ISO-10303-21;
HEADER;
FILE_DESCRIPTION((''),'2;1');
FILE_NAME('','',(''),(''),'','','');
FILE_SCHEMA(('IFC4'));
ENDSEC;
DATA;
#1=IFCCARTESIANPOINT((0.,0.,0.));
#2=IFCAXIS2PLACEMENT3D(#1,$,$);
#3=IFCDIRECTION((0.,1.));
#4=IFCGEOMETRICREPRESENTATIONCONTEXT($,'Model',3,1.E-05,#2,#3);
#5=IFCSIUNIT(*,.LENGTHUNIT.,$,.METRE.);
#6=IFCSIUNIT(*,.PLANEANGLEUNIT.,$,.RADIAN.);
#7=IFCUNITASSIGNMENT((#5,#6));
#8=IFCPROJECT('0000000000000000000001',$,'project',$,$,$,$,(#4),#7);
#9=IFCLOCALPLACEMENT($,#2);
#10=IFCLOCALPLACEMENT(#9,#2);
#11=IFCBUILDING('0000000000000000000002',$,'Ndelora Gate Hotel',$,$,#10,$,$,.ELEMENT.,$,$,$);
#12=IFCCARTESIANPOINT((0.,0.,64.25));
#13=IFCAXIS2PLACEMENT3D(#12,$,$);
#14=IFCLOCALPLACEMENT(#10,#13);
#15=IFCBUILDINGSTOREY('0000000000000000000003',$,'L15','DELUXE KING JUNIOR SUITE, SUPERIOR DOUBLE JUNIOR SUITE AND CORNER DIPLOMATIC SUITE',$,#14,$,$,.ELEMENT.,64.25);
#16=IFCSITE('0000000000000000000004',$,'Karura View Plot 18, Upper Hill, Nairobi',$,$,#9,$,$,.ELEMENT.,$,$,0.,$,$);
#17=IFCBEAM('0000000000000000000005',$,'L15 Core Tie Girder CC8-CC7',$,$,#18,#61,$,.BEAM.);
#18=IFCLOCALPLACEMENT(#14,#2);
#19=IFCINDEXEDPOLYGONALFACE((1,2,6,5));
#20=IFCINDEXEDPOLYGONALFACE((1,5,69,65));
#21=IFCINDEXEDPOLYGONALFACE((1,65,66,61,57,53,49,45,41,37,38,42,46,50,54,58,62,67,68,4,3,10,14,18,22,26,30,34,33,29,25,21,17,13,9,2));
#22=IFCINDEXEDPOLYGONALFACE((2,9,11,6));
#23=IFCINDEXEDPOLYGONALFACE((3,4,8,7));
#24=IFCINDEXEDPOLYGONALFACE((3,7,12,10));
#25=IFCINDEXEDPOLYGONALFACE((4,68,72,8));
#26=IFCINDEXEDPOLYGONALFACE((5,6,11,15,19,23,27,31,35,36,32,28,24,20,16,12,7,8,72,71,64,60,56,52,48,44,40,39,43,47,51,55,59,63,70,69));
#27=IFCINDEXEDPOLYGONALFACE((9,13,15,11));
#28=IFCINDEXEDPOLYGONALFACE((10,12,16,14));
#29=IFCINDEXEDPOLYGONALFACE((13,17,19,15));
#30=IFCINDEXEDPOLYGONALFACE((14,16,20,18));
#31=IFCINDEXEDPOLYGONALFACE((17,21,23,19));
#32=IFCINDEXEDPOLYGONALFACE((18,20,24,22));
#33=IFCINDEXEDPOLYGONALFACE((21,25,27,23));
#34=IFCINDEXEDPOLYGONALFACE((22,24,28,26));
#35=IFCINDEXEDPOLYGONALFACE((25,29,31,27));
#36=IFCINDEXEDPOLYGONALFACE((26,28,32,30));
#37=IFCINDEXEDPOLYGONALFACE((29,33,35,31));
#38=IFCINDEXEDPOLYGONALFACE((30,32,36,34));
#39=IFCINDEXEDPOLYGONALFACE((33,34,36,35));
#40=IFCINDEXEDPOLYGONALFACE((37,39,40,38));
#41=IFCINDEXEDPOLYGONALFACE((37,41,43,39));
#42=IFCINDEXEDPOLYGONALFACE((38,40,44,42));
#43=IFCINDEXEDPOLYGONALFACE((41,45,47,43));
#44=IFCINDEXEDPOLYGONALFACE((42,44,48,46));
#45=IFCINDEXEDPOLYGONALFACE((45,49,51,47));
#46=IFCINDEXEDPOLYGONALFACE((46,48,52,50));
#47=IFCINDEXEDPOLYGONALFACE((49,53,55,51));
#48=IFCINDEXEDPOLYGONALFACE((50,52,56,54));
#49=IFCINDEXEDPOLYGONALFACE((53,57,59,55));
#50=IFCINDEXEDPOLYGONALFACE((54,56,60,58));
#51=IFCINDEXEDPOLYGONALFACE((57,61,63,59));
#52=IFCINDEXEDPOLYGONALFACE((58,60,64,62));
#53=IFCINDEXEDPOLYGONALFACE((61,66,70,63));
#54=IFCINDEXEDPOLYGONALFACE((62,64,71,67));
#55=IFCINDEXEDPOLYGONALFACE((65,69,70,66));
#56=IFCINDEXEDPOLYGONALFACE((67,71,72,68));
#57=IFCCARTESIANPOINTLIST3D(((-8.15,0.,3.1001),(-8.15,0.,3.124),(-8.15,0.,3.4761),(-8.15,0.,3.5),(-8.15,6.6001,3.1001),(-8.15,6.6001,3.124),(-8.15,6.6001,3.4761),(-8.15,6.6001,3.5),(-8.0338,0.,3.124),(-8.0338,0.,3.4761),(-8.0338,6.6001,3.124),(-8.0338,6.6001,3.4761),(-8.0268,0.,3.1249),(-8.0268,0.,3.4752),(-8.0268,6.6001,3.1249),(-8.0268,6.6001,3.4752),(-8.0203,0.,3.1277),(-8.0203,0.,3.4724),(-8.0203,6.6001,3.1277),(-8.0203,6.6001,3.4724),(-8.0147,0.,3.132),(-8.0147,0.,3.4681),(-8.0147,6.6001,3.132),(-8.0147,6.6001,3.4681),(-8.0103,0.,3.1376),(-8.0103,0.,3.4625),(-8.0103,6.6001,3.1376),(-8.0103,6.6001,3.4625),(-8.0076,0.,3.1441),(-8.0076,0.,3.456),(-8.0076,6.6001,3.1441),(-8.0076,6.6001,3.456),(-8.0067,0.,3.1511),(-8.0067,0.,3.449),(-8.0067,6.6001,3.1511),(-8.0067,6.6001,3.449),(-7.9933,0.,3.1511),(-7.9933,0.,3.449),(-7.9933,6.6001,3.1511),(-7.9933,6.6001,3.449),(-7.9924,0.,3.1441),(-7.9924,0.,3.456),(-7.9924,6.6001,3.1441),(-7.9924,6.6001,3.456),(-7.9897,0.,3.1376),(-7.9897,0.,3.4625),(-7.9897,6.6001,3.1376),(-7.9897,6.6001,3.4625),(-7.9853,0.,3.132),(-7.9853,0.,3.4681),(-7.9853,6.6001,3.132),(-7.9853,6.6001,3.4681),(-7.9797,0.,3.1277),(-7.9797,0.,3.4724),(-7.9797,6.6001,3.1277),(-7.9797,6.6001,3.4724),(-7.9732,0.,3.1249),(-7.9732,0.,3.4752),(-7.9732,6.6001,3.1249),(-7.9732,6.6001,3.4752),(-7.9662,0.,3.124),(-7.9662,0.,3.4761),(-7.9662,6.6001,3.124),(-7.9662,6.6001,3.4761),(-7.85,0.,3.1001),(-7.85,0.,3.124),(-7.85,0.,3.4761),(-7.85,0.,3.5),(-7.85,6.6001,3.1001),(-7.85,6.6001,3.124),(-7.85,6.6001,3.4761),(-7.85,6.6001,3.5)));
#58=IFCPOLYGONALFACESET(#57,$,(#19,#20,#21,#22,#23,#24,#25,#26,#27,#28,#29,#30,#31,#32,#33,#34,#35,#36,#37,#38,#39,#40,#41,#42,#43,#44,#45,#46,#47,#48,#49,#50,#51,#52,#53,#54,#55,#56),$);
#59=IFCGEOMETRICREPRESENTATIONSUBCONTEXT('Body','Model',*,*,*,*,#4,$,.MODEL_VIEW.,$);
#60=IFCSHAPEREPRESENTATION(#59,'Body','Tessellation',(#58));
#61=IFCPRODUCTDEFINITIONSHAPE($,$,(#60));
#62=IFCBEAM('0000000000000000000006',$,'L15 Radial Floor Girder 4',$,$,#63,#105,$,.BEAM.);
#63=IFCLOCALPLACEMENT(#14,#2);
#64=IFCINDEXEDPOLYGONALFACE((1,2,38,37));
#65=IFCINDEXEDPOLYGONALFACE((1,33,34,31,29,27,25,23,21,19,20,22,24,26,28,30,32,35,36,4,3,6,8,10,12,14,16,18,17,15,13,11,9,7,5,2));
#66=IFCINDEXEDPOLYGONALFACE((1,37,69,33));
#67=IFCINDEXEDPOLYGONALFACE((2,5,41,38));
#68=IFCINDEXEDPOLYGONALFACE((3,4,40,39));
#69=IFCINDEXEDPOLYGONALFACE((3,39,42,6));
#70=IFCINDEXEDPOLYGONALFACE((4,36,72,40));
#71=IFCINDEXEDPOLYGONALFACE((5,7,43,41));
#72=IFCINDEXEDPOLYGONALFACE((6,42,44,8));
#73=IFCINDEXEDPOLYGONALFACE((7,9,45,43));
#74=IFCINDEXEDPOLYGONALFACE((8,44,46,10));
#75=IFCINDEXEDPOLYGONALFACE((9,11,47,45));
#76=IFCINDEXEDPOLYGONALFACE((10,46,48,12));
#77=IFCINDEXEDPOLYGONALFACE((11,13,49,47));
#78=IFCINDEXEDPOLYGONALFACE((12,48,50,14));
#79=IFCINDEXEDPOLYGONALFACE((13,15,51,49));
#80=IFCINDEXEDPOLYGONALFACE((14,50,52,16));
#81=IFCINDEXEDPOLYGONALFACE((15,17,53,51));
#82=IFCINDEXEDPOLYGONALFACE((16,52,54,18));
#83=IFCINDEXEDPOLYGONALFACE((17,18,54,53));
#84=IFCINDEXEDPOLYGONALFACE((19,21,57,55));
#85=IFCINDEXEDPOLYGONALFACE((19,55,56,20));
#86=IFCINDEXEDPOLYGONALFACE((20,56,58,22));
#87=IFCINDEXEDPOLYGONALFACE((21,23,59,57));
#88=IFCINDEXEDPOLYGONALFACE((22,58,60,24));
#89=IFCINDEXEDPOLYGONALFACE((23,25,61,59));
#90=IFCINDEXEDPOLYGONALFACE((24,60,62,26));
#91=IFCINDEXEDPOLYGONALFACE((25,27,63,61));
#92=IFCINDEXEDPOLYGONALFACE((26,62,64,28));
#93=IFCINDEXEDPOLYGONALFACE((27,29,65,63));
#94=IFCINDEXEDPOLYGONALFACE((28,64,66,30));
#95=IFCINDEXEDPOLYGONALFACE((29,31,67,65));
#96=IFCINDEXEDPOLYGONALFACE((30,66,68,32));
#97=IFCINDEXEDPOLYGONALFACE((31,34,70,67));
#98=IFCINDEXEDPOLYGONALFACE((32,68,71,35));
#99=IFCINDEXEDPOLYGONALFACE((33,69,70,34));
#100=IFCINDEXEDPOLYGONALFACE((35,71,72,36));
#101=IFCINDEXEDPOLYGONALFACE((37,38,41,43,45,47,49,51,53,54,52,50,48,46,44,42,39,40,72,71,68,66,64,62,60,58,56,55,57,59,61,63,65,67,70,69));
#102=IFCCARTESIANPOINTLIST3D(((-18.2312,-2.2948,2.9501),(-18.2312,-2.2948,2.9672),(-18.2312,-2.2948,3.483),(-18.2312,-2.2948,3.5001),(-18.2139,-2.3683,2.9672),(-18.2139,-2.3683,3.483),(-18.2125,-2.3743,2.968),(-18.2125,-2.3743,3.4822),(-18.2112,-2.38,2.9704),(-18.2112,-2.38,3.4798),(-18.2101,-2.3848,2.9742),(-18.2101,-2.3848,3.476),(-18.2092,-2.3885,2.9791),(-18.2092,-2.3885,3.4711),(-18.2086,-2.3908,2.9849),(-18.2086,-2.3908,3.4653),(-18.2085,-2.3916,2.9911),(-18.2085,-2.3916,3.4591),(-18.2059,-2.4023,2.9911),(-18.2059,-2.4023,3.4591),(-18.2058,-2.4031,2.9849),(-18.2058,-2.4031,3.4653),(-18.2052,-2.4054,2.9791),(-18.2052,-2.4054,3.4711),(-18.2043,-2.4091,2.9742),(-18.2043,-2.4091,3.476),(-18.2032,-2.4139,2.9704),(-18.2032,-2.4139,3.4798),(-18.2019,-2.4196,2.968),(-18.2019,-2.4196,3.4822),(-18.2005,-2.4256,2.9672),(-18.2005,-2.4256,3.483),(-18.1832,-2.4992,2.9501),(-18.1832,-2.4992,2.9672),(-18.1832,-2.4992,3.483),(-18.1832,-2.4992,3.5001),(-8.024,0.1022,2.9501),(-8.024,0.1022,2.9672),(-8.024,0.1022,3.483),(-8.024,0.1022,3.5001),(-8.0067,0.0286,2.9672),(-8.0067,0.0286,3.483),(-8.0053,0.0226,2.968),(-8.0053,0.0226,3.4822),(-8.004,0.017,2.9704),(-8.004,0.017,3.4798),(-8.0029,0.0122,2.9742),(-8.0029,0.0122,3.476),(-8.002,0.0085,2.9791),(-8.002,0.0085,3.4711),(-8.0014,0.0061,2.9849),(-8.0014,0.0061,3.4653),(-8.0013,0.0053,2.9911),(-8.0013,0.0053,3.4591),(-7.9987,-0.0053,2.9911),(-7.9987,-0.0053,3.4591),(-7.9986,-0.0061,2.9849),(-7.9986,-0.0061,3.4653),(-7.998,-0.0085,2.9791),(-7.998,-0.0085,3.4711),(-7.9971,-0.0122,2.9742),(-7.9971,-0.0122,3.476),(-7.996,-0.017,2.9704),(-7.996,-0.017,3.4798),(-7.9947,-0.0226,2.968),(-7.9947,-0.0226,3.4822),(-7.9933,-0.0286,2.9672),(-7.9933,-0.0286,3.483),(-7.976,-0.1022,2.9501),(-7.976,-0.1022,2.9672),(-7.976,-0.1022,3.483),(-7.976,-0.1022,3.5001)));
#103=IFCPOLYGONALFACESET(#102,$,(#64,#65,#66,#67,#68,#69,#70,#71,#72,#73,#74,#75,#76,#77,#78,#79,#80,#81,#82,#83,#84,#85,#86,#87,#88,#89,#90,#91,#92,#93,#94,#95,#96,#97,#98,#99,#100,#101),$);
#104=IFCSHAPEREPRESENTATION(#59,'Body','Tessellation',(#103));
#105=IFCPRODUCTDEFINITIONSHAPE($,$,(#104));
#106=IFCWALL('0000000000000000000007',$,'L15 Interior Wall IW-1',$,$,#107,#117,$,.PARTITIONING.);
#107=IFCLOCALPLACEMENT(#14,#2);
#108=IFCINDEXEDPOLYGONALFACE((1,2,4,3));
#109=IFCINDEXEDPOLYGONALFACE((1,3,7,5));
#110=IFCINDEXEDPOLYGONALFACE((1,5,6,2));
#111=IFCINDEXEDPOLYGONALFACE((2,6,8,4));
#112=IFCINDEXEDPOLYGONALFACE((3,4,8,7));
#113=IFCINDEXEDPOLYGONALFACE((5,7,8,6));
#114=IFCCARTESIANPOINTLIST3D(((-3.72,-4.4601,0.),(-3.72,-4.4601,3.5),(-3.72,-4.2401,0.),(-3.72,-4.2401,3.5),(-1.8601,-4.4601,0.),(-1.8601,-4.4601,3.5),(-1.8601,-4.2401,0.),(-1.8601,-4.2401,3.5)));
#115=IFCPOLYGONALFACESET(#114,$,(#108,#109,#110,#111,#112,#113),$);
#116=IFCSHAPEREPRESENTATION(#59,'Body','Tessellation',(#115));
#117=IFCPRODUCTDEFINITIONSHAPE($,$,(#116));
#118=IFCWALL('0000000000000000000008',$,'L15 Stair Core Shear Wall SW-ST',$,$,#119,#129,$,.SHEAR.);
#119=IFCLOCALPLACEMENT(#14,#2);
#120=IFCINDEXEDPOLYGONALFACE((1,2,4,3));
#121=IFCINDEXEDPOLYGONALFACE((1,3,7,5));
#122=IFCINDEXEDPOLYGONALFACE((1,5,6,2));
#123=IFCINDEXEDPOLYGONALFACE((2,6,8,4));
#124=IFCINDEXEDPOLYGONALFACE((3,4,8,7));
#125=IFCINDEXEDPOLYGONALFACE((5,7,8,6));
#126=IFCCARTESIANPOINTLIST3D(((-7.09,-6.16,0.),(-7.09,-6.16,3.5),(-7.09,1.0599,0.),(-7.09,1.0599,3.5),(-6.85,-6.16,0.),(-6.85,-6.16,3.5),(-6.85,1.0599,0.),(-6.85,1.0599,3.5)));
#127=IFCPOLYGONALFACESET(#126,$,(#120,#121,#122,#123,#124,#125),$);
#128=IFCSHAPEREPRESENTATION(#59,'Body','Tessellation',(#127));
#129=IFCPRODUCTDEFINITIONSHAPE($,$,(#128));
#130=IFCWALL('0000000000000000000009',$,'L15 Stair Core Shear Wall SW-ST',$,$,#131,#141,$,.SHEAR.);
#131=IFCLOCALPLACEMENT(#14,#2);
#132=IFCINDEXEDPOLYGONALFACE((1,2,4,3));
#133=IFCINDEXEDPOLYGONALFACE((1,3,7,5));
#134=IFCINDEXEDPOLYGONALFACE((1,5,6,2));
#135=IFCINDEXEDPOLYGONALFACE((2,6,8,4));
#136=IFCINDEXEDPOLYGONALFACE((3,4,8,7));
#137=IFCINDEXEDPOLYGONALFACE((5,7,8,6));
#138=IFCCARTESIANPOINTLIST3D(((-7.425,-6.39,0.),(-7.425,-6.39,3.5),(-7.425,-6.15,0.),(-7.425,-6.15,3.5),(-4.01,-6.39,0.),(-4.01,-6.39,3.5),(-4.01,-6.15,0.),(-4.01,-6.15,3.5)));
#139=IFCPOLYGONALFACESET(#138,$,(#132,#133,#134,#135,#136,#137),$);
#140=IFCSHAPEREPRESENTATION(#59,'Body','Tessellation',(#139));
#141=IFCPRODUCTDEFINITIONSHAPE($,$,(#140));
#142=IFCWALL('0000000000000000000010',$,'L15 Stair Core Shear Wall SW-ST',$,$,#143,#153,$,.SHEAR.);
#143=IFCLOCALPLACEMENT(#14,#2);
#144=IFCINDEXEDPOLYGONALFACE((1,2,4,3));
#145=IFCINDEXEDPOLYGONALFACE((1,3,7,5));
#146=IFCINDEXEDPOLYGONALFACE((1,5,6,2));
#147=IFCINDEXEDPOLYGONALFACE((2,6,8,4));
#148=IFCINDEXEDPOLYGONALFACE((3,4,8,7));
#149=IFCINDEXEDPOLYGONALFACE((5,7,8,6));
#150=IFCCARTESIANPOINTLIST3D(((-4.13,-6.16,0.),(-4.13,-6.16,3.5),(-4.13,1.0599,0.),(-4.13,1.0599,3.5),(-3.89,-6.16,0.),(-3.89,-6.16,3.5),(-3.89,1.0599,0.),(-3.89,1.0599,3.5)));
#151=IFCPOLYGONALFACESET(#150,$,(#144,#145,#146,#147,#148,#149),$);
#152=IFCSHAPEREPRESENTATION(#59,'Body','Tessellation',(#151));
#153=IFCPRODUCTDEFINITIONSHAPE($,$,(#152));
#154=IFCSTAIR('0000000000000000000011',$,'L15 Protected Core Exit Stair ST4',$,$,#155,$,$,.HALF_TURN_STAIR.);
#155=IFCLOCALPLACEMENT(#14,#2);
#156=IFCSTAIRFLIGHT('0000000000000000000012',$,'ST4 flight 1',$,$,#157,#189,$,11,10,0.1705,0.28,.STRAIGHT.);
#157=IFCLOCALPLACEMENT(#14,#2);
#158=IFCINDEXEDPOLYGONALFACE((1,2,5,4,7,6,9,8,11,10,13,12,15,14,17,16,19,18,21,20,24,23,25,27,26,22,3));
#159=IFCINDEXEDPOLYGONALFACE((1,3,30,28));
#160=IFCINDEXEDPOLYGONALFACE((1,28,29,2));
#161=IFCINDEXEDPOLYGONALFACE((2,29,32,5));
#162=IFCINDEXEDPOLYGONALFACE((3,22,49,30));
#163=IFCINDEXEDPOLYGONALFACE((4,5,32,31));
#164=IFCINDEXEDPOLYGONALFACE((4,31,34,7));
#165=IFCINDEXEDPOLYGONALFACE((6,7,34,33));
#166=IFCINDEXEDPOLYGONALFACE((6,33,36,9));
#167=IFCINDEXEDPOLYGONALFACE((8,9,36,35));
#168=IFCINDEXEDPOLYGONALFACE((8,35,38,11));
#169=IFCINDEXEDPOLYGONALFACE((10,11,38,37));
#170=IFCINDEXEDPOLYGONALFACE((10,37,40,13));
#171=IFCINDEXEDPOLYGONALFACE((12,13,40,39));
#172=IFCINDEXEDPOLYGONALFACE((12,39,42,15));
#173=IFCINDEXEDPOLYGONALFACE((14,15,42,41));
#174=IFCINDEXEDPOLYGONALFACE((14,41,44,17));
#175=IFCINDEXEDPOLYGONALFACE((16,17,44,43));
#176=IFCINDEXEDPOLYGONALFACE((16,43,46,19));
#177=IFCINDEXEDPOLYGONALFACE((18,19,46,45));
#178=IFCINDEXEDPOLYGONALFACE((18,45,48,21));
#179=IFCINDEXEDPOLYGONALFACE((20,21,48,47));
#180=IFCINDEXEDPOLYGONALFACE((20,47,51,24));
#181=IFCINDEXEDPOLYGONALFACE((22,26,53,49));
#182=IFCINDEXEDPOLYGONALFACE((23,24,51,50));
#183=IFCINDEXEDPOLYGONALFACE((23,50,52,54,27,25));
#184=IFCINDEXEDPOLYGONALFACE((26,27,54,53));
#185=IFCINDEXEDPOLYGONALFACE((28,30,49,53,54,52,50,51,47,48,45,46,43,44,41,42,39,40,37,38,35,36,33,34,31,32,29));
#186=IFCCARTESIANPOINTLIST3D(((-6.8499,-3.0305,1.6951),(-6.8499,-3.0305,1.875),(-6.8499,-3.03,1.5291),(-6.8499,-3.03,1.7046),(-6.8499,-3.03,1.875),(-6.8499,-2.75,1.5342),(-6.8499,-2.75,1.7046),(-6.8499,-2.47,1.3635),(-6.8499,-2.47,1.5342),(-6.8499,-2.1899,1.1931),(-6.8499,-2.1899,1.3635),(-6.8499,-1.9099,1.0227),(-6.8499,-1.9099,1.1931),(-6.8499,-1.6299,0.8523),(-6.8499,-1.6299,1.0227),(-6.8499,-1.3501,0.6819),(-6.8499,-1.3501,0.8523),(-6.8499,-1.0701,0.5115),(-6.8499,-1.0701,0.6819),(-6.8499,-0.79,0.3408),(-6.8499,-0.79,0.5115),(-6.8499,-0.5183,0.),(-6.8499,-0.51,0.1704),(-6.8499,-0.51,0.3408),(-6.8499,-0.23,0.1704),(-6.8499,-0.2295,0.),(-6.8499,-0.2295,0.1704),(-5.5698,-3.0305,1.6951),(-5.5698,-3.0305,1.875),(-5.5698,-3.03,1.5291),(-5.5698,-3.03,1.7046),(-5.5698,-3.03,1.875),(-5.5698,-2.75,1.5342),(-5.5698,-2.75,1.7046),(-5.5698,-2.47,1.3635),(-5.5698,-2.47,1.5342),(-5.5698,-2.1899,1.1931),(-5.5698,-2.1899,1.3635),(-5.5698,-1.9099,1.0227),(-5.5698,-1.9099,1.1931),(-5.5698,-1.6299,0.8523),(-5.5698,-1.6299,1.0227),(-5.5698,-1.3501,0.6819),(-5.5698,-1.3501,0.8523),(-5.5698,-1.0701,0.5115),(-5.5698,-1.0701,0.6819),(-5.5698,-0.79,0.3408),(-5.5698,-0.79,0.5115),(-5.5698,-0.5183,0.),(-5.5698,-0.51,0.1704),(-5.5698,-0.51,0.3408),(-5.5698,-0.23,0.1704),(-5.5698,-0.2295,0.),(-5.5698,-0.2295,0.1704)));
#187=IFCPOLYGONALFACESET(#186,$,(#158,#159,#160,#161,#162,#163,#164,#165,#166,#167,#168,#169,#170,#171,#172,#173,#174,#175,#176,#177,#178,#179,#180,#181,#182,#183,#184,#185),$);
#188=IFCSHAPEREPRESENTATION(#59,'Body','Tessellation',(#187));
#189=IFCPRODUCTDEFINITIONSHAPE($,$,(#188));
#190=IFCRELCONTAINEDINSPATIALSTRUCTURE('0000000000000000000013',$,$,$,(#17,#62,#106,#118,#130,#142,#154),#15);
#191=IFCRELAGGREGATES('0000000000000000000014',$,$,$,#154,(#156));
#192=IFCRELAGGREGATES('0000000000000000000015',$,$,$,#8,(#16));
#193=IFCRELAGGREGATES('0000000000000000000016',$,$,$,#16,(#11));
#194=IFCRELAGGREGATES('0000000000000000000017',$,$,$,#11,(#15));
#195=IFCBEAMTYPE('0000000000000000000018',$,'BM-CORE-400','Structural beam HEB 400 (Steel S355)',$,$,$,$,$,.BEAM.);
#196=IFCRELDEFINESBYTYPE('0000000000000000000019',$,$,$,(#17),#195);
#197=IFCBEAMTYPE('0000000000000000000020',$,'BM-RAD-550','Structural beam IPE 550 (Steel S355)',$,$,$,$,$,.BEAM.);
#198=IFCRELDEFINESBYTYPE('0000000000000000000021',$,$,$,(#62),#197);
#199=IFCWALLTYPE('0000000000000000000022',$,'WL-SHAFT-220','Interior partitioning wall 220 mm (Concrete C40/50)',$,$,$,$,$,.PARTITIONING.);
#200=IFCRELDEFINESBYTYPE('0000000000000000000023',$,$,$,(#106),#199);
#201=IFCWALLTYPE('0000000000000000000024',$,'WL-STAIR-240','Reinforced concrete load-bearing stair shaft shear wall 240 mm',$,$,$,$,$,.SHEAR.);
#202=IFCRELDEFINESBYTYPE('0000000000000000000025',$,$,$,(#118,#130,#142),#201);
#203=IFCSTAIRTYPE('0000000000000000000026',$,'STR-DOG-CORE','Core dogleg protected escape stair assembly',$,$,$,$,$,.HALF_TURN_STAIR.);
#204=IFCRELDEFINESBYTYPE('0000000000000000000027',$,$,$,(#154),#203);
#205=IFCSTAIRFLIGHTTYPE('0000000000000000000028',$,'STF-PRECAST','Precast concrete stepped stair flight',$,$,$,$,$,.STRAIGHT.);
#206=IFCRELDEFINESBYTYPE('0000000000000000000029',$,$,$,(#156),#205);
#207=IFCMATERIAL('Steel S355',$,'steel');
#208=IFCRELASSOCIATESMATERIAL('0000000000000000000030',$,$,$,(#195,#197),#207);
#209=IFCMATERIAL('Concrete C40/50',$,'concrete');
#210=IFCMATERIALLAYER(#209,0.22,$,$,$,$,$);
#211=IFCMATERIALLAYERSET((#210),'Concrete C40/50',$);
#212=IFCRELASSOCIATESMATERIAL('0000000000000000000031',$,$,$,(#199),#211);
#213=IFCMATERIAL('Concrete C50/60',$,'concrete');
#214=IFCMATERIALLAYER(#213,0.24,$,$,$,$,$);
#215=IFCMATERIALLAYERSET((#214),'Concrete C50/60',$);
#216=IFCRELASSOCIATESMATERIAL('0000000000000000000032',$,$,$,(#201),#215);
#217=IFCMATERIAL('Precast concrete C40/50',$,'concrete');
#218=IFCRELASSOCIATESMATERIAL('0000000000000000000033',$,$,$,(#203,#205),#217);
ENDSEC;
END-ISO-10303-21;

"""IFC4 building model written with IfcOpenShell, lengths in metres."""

from ifc_helpers import new_model, si_unit, direction, frame, frame_2d, origin, origin_2d, place, context, subcontext, project, spatial, polyline, rectangle, i_section, outline, extrude, material, layer, layer_set, material_profile, profile_set, type_object, element, aggregate, save


model = new_model("IFC4")

# Units and contexts
model_context = context("Model", 3, precision=1e-05, world=origin(), true_north=direction((0.0, 1.0)))
body_context = subcontext(model_context, "Body", "Model", "MODEL_VIEW")
ifc_project = project(units=[si_unit("LENGTHUNIT", "METRE"), si_unit("PLANEANGLEUNIT", "RADIAN")], contexts=[model_context])

# Site, building, storey
site_placement = place(None, origin())
site = spatial("IfcSite", under=ifc_project, at=site_placement, Name="Karura View Plot 18, Upper Hill, Nairobi", CompositionType="ELEMENT", RefElevation=0.0)
building_placement = place(site_placement, origin())
building = spatial("IfcBuilding", under=site, at=building_placement, Name="Ndelora Gate Hotel", CompositionType="ELEMENT")
storey_placement = place(building_placement, frame((0.0, 0.0, 64.25)))
storey = spatial("IfcBuildingStorey", under=building, at=storey_placement, Name="L15", Description="DELUXE KING JUNIOR SUITE, SUPERIOR DOUBLE JUNIOR SUITE AND CORNER DIPLOMATIC SUITE", CompositionType="ELEMENT", Elevation=64.25)

# Beams
ifc_material_1 = material(Name="Steel S355", Category="steel")
ifc_material_profile_1 = material_profile(ifc_material_1, i_section(OverallWidth=0.3, OverallDepth=0.3999, WebThickness=0.0134, FlangeThickness=0.0239, FilletRadius=0.0271, at=origin_2d()), Name="HEB 400")
ifc_profile_set_1 = profile_set([ifc_material_profile_1], Name="Steel S355")
beam_type_1 = type_object("IfcBeamType", Name="BM-CORE-400", Description="Structural beam HEB 400 (Steel S355)", PredefinedType="BEAM", material=ifc_profile_set_1)
beam_1_placement = place(storey_placement, frame((-8.0, 0.0, 3.3), z_axis=(0.0, 1.0, 0.0), x_axis=(-1.0, 0.0, 0.0)))
element("IfcBeam", 1, at=beam_1_placement, inside=storey, type_object=beam_type_1, Name="L15 Core Tie Girder CC8-CC7", PredefinedType="BEAM", context=body_context, shape_type="SweptSolid", body=[
    extrude(i_section(OverallWidth=0.3, OverallDepth=0.3999, WebThickness=0.0134, FlangeThickness=0.0239, FilletRadius=0.0271, at=origin_2d()), origin(), (0.0, 0.0, 1.0), 6.6001),
])
ifc_material_profile_2 = material_profile(ifc_material_1, i_section(OverallWidth=0.21, OverallDepth=0.55, WebThickness=0.011, FlangeThickness=0.0171, FilletRadius=0.0239, at=origin_2d()), Name="IPE 550")
ifc_profile_set_2 = profile_set([ifc_material_profile_2], Name="Steel S355")
beam_type_2 = type_object("IfcBeamType", Name="BM-RAD-550", Description="Structural beam IPE 550 (Steel S355)", PredefinedType="BEAM", material=ifc_profile_set_2)
beam_2_placement = place(storey_placement, frame((-8.0, 0.0, 3.2251), z_axis=(-0.973518, -0.228611, 0.0), x_axis=(0.228611, -0.973518, 0.0)))
element("IfcBeam", 2, at=beam_2_placement, inside=storey, type_object=beam_type_2, Name="L15 Radial Floor Girder 4", PredefinedType="BEAM", context=body_context, shape_type="SweptSolid", body=[
    extrude(i_section(OverallWidth=0.21, OverallDepth=0.55, WebThickness=0.011, FlangeThickness=0.0171, FilletRadius=0.0239, at=origin_2d()), origin(), (0.0, 0.0, 1.0), 10.4849),
])

# Shared definitions
ifc_material_2 = material(Name="Concrete C40/50", Category="concrete")
ifc_layer_1 = layer(ifc_material_2, 0.22)
ifc_layer_set_1 = layer_set([ifc_layer_1], Name="Concrete C40/50")
wall_type_1 = type_object("IfcWallType", Name="WL-SHAFT-220", Description="Interior partitioning wall 220 mm (Concrete C40/50)", PredefinedType="PARTITIONING", material=ifc_layer_set_1)

# Walls
wall_1_placement = place(storey_placement, frame((-3.72, -4.3501, 0.0), z_axis=(0.0, 0.0, 1.0), x_axis=(1.0, 0.0, 0.0)))
element("IfcWall", 3, at=wall_1_placement, inside=storey, type_object=wall_type_1, Name="L15 Interior Wall IW-1", PredefinedType="PARTITIONING", context=body_context, shape_type="SweptSolid", body=[
    extrude(rectangle(XDim=1.8599, YDim=0.22, at=frame_2d((0.9299, 0.0))), origin(), (0.0, 0.0, 1.0), 3.5),
])
ifc_material_3 = material(Name="Concrete C50/60", Category="concrete")
ifc_layer_2 = layer(ifc_material_3, 0.24)
ifc_layer_set_2 = layer_set([ifc_layer_2], Name="Concrete C50/60")
wall_type_2 = type_object("IfcWallType", Name="WL-STAIR-240", Description="Reinforced concrete load-bearing stair shaft shear wall 240 mm", PredefinedType="SHEAR", material=ifc_layer_set_2)
wall_2_placement = place(storey_placement, frame((-6.97, -6.1599, 0.0), z_axis=(0.0, 0.0, 1.0), x_axis=(0.0, 1.0, 0.0)))
element("IfcWall", 4, at=wall_2_placement, inside=storey, type_object=wall_type_2, Name="L15 Stair Core Shear Wall SW-ST", PredefinedType="SHEAR", context=body_context, shape_type="SweptSolid", body=[
    extrude(rectangle(XDim=7.22, YDim=0.24, at=frame_2d((3.6099, 0.0))), origin(), (0.0, 0.0, 1.0), 3.5),
])
wall_3_placement = place(storey_placement, frame((-7.425, -6.27, 0.0), z_axis=(0.0, 0.0, 1.0), x_axis=(1.0, 0.0, 0.0)))
element("IfcWall", 5, at=wall_3_placement, inside=storey, type_object=wall_type_2, Name="L15 Stair Core Shear Wall SW-ST", PredefinedType="SHEAR", context=body_context, shape_type="SweptSolid", body=[
    extrude(rectangle(XDim=3.415, YDim=0.24, at=frame_2d((1.7075, 0.0))), origin(), (0.0, 0.0, 1.0), 3.5),
])
wall_4_placement = place(storey_placement, frame((-4.01, -6.1599, 0.0), z_axis=(0.0, 0.0, 1.0), x_axis=(0.0, 1.0, 0.0)))
element("IfcWall", 6, at=wall_4_placement, inside=storey, type_object=wall_type_2, Name="L15 Stair Core Shear Wall SW-ST", PredefinedType="SHEAR", context=body_context, shape_type="SweptSolid", body=[
    extrude(rectangle(XDim=7.22, YDim=0.24, at=frame_2d((3.6099, 0.0))), origin(), (0.0, 0.0, 1.0), 3.5),
])

# Stair, stair flight
ifc_material_4 = material(Name="Precast concrete C40/50", Category="concrete")
stair_type = type_object("IfcStairType", Name="STR-DOG-CORE", Description="Core dogleg protected escape stair assembly", PredefinedType="HALF_TURN_STAIR", material=ifc_material_4)
stair_placement = place(storey_placement, origin())
stair = element("IfcStair", 7, at=stair_placement, inside=storey, type_object=stair_type, Name="L15 Protected Core Exit Stair ST4", PredefinedType="HALF_TURN_STAIR")
stair_flight_type = type_object("IfcStairFlightType", Name="STF-PRECAST", Description="Precast concrete stepped stair flight", PredefinedType="STRAIGHT", material=ifc_material_4)
stair_flight_1_placement = place(storey_placement, frame((-6.21, -0.23, 0.0), z_axis=(0.0, 0.0, 1.0), x_axis=(0.0, -1.0, 0.0)))
stair_flight_1 = element("IfcStairFlight", 8, at=stair_flight_1_placement, type_object=stair_flight_type, Name="ST4 flight 1", NumberOfRisers=11, NumberOfTreads=10, PredefinedType="STRAIGHT", RiserHeight=0.1705, TreadLength=0.28, context=body_context, shape_type="SweptSolid", body=[
    extrude(outline(polyline([(-0.0005, 0.0), (-0.0005, 0.1704), (0.0, 0.1704), (0.28, 0.1704), (0.28, 0.3408), (0.5601, 0.3408), (0.5601, 0.5115), (0.8401, 0.5115), (0.8401, 0.6819), (1.1201, 0.6819), (1.1201, 0.8523), (1.3999, 0.8523), (1.3999, 1.0227), (1.6799, 1.0227), (1.6799, 1.1931), (1.96, 1.1931), (1.96, 1.3635), (2.24, 1.3635), (2.24, 1.5342), (2.52, 1.5342), (2.52, 1.7046), (2.8, 1.7046), (2.8, 1.875), (2.8005, 1.875), (2.8005, 1.6951), (2.8, 1.5291), (0.2883, 0.0), (-0.0005, 0.0)])), frame((0.0, 0.6401, 0.0), z_axis=(0.0, -1.0, 0.0), x_axis=(1.0, 0.0, 0.0)), (0.0, 0.0, 1.0), 1.28),
])
aggregate(stair, [stair_flight_1])

save(model, "model.ifc")
